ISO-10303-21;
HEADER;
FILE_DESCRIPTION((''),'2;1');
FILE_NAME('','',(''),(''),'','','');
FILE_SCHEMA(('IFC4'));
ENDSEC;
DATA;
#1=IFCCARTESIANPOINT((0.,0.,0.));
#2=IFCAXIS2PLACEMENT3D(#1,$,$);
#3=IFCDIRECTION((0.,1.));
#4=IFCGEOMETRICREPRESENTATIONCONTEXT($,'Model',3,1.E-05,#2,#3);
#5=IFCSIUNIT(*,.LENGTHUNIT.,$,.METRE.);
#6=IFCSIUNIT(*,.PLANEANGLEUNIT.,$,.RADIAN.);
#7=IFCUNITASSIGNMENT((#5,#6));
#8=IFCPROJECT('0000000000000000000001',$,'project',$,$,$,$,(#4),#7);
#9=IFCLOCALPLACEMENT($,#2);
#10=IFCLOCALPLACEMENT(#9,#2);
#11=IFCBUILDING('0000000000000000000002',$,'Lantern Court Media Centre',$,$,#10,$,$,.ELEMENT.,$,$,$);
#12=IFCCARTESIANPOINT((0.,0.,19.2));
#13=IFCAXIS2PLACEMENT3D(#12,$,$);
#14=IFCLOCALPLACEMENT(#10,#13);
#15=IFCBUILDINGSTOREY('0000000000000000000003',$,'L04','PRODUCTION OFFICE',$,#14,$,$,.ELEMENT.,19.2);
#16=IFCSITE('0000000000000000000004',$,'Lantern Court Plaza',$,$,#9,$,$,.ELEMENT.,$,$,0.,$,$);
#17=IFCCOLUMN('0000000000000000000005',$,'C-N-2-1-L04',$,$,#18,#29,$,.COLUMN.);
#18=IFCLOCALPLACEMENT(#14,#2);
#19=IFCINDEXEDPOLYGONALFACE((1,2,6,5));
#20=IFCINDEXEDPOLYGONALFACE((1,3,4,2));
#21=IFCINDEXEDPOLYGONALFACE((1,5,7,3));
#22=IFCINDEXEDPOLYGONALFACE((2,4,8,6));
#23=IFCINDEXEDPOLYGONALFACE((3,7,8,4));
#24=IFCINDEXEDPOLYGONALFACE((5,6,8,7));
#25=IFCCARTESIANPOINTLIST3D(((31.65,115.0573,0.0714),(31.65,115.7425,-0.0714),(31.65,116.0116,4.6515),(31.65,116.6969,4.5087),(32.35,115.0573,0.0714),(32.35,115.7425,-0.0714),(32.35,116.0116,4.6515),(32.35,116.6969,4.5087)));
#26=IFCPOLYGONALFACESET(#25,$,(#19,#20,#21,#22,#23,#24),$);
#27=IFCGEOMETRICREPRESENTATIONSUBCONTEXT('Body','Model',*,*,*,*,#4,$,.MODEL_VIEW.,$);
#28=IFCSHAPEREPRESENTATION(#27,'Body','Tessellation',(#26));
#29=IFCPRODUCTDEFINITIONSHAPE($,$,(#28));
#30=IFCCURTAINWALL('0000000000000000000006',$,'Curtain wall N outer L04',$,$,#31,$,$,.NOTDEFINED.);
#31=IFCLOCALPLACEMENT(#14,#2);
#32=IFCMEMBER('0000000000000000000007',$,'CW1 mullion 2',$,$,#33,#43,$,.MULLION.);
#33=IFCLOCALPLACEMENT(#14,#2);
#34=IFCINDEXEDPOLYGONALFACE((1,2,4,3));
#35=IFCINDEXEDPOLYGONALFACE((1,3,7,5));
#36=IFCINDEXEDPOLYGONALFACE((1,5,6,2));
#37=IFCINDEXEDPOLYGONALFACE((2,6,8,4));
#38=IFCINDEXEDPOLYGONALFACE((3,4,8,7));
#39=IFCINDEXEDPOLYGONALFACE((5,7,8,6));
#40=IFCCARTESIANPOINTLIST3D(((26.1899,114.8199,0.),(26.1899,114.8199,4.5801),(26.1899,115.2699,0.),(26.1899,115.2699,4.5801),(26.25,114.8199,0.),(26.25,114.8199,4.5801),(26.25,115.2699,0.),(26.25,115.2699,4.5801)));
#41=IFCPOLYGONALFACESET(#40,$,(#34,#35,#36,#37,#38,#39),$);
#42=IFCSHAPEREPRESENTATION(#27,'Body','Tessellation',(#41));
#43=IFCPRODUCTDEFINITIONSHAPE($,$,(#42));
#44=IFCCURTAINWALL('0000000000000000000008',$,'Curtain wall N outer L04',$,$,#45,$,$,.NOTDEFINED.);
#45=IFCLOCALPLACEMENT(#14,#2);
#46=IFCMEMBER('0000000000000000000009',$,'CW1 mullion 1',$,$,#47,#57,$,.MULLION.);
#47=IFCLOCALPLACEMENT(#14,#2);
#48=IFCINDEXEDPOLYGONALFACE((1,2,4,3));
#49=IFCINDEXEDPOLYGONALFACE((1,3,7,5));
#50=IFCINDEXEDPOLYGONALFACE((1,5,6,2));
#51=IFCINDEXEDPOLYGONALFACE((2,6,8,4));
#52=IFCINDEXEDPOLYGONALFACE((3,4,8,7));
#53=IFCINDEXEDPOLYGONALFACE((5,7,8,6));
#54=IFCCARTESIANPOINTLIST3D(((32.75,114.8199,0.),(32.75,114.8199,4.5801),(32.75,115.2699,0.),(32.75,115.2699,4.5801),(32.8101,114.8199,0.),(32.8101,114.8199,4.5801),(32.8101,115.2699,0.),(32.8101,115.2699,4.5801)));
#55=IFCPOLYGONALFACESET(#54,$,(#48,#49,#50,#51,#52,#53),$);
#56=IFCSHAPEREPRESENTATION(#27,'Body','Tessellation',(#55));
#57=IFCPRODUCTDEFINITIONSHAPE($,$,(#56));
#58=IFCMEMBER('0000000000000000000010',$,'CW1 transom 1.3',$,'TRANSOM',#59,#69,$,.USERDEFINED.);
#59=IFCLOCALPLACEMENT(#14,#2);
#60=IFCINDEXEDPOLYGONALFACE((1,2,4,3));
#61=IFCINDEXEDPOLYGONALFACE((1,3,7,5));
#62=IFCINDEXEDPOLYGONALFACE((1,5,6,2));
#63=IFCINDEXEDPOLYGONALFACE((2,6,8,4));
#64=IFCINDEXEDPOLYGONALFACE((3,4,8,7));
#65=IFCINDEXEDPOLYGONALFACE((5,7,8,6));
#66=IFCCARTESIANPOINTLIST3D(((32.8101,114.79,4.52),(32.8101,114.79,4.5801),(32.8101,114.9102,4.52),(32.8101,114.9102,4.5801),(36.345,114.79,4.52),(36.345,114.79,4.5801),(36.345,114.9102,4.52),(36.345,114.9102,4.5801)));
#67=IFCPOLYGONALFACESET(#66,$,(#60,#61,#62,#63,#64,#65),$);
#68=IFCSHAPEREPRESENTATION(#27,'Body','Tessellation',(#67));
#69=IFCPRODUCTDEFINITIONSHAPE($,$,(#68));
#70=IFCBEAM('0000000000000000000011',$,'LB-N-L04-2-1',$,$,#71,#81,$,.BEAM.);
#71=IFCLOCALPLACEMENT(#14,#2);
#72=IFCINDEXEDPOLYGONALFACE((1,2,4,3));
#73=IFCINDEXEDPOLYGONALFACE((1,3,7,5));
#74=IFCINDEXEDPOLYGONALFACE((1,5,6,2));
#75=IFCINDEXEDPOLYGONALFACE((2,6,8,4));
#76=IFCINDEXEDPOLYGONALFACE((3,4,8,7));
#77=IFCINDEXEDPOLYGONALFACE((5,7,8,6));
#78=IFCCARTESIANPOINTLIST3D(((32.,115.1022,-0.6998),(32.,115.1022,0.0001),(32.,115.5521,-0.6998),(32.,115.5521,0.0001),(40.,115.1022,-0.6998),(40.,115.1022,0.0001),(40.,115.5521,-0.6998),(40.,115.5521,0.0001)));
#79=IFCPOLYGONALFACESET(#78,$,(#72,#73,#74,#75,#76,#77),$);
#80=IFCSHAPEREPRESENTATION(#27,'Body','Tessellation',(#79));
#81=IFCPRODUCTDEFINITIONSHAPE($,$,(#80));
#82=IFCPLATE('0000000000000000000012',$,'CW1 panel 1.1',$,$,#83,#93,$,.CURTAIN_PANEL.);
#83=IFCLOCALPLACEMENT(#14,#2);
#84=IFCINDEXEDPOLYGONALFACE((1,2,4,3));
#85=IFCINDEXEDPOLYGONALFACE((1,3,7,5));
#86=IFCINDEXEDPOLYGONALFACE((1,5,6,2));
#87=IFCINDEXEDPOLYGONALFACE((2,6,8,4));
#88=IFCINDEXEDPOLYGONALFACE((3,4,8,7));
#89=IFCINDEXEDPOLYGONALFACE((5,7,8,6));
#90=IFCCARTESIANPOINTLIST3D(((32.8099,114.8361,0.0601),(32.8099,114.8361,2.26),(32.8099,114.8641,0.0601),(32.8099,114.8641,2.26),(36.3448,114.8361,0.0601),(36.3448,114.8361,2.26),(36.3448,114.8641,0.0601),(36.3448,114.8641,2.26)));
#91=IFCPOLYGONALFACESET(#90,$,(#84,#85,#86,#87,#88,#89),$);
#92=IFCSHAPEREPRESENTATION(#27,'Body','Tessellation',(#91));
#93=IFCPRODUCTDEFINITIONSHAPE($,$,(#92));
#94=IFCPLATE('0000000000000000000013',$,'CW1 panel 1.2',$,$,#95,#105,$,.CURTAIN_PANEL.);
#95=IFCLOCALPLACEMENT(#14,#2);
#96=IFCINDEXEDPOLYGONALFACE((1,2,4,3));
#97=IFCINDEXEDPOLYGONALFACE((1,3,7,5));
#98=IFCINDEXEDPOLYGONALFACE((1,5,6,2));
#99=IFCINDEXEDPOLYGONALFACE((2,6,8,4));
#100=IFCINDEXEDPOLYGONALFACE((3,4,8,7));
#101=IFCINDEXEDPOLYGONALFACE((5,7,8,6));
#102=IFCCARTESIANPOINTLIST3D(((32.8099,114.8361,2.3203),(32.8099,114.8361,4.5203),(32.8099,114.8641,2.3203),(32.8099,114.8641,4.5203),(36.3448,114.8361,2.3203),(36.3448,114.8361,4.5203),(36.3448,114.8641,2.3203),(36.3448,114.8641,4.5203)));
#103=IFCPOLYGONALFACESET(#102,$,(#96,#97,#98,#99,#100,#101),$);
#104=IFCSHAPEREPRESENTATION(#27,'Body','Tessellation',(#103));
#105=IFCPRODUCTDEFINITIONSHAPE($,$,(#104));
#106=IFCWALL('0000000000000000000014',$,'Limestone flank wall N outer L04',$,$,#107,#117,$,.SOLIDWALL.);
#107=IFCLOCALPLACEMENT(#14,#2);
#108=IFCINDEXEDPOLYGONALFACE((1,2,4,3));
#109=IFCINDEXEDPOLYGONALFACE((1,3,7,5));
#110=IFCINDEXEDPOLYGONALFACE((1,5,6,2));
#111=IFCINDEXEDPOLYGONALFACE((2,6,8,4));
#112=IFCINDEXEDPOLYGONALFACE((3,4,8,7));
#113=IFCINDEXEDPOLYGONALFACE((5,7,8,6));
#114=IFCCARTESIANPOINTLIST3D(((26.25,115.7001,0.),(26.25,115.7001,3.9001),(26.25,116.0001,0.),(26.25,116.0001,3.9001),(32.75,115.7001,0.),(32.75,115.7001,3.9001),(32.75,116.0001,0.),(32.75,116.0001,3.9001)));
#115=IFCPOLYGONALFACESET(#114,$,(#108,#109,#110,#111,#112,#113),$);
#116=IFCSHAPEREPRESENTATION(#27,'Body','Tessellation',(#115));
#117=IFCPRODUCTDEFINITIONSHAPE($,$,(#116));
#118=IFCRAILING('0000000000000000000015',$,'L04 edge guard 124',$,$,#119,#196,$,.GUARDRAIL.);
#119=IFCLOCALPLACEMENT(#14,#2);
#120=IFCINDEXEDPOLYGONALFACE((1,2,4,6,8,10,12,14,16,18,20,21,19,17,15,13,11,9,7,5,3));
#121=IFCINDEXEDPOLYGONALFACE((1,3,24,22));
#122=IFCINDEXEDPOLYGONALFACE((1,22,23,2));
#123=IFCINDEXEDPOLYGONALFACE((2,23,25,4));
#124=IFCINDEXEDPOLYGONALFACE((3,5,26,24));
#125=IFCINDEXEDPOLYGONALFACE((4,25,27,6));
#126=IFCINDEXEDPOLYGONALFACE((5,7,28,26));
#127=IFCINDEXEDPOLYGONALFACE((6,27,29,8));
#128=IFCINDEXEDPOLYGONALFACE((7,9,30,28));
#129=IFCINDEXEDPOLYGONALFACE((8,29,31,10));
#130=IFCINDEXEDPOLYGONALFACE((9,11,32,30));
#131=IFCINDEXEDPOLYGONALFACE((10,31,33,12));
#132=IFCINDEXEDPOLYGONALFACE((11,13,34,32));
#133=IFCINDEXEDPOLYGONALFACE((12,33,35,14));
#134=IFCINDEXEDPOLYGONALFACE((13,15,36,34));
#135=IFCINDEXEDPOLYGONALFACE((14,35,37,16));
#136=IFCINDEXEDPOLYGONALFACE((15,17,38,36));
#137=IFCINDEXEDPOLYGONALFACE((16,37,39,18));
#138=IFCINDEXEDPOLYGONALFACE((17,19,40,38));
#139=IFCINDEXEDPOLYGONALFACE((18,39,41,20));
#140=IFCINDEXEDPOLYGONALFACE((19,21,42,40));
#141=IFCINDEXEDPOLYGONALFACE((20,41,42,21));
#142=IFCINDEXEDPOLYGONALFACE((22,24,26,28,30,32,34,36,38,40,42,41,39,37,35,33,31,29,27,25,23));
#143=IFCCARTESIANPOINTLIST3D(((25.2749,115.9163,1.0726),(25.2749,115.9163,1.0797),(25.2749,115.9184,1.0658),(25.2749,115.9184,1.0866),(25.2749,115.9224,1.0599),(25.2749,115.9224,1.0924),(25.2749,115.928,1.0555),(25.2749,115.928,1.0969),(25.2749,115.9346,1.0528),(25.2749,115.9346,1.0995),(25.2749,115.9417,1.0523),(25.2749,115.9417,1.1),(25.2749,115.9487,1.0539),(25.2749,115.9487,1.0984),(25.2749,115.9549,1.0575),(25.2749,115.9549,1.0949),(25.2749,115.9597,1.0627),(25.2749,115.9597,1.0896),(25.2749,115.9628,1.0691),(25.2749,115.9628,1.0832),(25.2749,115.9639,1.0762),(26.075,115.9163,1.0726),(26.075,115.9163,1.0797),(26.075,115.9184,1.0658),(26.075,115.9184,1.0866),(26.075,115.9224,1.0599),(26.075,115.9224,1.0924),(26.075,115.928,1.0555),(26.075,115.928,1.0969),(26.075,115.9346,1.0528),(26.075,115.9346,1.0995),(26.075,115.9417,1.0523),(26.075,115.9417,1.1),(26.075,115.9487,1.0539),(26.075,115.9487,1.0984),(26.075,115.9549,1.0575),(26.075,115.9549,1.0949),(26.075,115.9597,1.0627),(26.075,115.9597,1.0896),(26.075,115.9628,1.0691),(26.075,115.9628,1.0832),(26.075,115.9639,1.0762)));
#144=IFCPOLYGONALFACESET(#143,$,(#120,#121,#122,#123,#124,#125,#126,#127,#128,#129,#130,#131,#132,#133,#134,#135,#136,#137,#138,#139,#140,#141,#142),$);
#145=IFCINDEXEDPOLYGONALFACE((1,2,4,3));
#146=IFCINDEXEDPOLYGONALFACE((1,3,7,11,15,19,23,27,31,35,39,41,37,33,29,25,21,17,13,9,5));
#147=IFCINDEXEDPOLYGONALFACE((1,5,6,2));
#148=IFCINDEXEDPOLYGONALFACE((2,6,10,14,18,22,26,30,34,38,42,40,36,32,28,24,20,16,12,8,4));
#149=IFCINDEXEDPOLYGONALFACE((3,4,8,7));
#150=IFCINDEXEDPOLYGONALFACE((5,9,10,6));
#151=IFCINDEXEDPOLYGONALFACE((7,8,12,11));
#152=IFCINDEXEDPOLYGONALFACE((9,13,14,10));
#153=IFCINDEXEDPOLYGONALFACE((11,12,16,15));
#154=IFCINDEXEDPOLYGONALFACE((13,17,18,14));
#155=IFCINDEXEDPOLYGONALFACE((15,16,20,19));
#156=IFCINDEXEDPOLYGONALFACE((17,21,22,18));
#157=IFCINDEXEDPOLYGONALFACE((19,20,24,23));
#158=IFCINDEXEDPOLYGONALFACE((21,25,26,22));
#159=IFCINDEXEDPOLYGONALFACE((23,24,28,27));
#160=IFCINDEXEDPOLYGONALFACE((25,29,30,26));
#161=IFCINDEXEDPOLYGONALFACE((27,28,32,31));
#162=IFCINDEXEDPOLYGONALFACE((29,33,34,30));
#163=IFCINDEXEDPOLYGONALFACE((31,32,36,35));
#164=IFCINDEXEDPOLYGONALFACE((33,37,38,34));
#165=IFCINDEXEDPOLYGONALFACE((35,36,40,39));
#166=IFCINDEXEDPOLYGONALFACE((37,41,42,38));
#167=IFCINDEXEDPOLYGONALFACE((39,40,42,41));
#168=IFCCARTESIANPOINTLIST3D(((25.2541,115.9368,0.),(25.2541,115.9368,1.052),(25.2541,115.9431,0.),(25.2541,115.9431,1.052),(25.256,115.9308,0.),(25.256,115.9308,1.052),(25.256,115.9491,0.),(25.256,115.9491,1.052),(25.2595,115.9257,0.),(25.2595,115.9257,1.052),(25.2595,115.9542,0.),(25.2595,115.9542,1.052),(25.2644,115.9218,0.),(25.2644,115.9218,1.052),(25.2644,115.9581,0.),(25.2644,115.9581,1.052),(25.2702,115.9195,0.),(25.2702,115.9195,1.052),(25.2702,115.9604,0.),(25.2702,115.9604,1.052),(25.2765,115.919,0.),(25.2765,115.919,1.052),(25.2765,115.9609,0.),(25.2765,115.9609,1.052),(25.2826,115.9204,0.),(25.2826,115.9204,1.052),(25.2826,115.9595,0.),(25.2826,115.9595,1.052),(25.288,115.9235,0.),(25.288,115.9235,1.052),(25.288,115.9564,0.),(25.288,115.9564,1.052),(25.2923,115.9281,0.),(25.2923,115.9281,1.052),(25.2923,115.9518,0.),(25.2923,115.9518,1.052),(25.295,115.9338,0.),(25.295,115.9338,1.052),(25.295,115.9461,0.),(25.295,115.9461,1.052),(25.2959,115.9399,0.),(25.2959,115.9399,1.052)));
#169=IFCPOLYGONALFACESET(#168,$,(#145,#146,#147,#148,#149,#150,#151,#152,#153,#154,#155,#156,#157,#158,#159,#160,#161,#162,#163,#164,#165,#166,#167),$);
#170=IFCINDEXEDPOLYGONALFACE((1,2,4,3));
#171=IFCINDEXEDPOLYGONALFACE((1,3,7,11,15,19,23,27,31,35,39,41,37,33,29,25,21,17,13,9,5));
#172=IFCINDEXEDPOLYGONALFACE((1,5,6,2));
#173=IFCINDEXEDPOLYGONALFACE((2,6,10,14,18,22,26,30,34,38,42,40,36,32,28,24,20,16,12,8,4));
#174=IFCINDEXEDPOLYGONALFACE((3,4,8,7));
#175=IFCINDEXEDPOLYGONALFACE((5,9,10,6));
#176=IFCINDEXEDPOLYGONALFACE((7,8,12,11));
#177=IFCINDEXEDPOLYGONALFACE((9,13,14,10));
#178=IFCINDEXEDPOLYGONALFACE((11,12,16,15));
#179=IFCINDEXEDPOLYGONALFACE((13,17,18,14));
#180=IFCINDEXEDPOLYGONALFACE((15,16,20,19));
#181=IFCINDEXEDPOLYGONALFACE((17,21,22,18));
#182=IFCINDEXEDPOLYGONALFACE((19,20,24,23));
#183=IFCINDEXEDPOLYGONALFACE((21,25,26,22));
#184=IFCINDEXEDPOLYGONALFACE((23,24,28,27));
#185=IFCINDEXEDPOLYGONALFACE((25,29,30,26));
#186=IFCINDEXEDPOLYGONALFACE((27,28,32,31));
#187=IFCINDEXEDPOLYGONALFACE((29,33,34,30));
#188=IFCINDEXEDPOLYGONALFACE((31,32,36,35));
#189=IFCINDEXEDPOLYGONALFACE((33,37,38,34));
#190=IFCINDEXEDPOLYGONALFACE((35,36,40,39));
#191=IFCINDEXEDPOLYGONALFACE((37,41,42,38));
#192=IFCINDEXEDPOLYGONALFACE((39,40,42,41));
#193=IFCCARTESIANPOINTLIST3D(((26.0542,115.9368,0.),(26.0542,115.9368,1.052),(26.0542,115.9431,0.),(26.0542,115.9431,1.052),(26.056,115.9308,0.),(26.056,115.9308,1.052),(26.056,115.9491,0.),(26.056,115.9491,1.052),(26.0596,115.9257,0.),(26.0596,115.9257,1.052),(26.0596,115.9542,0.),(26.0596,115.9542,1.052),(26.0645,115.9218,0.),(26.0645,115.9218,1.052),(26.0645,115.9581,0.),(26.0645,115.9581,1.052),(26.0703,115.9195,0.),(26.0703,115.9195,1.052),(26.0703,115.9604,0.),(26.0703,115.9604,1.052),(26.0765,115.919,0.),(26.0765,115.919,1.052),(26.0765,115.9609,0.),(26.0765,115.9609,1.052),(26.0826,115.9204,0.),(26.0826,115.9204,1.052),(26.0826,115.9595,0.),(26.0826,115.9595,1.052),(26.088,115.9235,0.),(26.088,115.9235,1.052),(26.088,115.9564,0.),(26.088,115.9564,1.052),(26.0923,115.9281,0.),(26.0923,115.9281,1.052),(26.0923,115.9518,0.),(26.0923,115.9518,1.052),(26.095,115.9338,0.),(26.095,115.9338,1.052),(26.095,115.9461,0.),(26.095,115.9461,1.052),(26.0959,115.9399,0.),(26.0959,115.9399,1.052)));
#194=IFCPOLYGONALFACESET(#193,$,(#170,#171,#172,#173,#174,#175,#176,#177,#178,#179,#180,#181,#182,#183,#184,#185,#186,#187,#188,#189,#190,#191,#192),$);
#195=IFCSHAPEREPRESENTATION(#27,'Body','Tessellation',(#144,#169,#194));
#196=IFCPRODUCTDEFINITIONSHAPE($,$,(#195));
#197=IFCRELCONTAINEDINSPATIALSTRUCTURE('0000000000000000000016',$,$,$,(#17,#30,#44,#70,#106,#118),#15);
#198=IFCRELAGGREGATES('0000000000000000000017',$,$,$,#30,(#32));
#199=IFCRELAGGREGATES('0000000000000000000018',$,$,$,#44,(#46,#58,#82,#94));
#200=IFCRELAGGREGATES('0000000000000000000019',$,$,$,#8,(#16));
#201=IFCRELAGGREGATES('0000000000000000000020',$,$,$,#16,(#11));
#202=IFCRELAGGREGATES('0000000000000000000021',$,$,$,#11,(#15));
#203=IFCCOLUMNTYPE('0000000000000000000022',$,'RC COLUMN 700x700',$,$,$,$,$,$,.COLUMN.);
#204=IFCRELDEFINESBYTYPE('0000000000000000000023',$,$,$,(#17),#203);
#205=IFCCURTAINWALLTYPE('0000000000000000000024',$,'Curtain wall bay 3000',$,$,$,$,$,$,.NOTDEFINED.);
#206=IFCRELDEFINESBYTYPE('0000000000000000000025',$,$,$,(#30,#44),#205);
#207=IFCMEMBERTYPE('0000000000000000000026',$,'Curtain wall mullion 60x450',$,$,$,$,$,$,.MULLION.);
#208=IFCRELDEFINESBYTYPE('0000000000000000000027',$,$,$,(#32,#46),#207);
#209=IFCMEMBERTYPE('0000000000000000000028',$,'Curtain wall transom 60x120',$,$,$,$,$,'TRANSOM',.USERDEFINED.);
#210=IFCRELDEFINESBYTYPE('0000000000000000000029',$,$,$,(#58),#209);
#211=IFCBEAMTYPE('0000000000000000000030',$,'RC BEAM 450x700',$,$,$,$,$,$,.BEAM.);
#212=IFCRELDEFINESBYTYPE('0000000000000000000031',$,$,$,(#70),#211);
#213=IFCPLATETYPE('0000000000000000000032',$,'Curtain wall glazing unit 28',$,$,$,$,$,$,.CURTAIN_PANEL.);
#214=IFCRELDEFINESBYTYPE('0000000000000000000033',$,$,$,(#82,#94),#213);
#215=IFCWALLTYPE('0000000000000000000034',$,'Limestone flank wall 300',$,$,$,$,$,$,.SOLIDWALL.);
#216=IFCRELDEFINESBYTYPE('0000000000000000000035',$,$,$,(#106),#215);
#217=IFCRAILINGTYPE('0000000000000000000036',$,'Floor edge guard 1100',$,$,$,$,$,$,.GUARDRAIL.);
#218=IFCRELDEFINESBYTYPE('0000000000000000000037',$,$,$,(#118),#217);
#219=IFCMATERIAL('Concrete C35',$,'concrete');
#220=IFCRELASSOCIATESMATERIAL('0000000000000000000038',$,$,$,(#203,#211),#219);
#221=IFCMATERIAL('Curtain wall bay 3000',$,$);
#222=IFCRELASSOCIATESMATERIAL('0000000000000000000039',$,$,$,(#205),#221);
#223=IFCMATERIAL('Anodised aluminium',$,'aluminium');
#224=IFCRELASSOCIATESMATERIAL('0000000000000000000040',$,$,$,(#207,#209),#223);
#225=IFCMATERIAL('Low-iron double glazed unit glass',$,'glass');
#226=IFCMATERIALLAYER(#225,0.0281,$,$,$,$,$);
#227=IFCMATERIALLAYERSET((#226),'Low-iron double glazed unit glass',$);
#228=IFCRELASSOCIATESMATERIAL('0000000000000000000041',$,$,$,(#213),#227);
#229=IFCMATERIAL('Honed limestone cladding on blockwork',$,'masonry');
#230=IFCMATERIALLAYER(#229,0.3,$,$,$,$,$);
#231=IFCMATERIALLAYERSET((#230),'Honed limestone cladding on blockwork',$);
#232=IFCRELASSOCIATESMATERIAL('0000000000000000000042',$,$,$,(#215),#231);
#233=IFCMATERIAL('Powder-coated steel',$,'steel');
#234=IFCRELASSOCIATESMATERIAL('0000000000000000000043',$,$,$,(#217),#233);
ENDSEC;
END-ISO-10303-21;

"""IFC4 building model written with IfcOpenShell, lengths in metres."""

from ifc_helpers import new_model, si_unit, direction, frame, frame_2d, origin, origin_2d, place, context, subcontext, project, spatial, rectangle, circle, extrude, material, layer, layer_set, material_profile, profile_set, type_object, element, aggregate, save


model = new_model("IFC4")

# Units and contexts
model_context = context("Model", 3, precision=1e-05, world=origin(), true_north=direction((0.0, 1.0)))
body_context = subcontext(model_context, "Body", "Model", "MODEL_VIEW")
ifc_project = project(units=[si_unit("LENGTHUNIT", "METRE"), si_unit("PLANEANGLEUNIT", "RADIAN")], contexts=[model_context])

# Site, building, storey
site_placement = place(None, origin())
site = spatial("IfcSite", under=ifc_project, at=site_placement, Name="Lantern Court Plaza", CompositionType="ELEMENT", RefElevation=0.0)
building_placement = place(site_placement, origin())
building = spatial("IfcBuilding", under=site, at=building_placement, Name="Lantern Court Media Centre", CompositionType="ELEMENT")
storey_placement = place(building_placement, frame((0.0, 0.0, 19.2)))
storey = spatial("IfcBuildingStorey", under=building, at=storey_placement, Name="L04", Description="PRODUCTION OFFICE", CompositionType="ELEMENT", Elevation=19.2)

# Column
ifc_material_1 = material(Name="Concrete C35", Category="concrete")
ifc_material_profile_1 = material_profile(ifc_material_1, rectangle(XDim=0.7, YDim=0.7, at=origin_2d()), Name="RC 700x700")
ifc_profile_set_1 = profile_set([ifc_material_profile_1], Name="Concrete C35")
column_type = type_object("IfcColumnType", Name="RC COLUMN 700x700", PredefinedType="COLUMN", material=ifc_profile_set_1)
column_placement = place(storey_placement, frame((32.0, 115.3999, 0.0), z_axis=(0.0, 0.203988, 0.978973), x_axis=(-1.0, 0.0, 0.0)))
element("IfcColumn", 1, at=column_placement, inside=storey, type_object=column_type, Name="C-N-2-1-L04", PredefinedType="COLUMN", context=body_context, shape_type="SweptSolid", body=[
    extrude(rectangle(XDim=0.7, YDim=0.7, at=origin_2d()), origin(), (0.0, 0.0, 1.0), 4.6785),
])

# Curtain wall, member
ifc_material_2 = material(Name="Curtain wall bay 3000")
curtain_wall_type = type_object("IfcCurtainWallType", Name="Curtain wall bay 3000", PredefinedType="NOTDEFINED", material=ifc_material_2)
curtain_wall_1_placement = place(storey_placement, origin())
curtain_wall_1 = element("IfcCurtainWall", 2, at=curtain_wall_1_placement, inside=storey, type_object=curtain_wall_type, Name="Curtain wall N outer L04", PredefinedType="NOTDEFINED")
ifc_material_3 = material(Name="Anodised aluminium", Category="aluminium")
ifc_material_profile_2 = material_profile(ifc_material_3, rectangle(XDim=0.45, YDim=0.0601, at=origin_2d()), Name="AL 60x450")
ifc_profile_set_2 = profile_set([ifc_material_profile_2], Name="Anodised aluminium")
member_type_1 = type_object("IfcMemberType", Name="Curtain wall mullion 60x450", PredefinedType="MULLION", material=ifc_profile_set_2)
member_1_placement = place(storey_placement, frame((26.22, 115.0449, 0.0), z_axis=(0.0, 0.0, 1.0), x_axis=(0.0, 1.0, 0.0)))
member_1 = element("IfcMember", 3, at=member_1_placement, type_object=member_type_1, Name="CW1 mullion 2", PredefinedType="MULLION", context=body_context, shape_type="SweptSolid", body=[
    extrude(rectangle(XDim=0.45, YDim=0.0601, at=origin_2d()), origin(), (0.0, 0.0, 1.0), 4.5801),
])
aggregate(curtain_wall_1, [member_1])

# Curtain wall, members
curtain_wall_2_placement = place(storey_placement, origin())
curtain_wall_2 = element("IfcCurtainWall", 4, at=curtain_wall_2_placement, inside=storey, type_object=curtain_wall_type, Name="Curtain wall N outer L04", PredefinedType="NOTDEFINED")
member_2_placement = place(storey_placement, frame((32.78, 115.0449, 0.0), z_axis=(0.0, 0.0, 1.0), x_axis=(0.0, 1.0, 0.0)))
member_2 = element("IfcMember", 5, at=member_2_placement, type_object=member_type_1, Name="CW1 mullion 1", PredefinedType="MULLION", context=body_context, shape_type="SweptSolid", body=[
    extrude(rectangle(XDim=0.45, YDim=0.0601, at=origin_2d()), origin(), (0.0, 0.0, 1.0), 4.5801),
])
ifc_material_profile_3 = material_profile(ifc_material_3, rectangle(XDim=0.1201, YDim=0.0601, at=origin_2d()), Name="AL 60x120")
ifc_profile_set_3 = profile_set([ifc_material_profile_3], Name="Anodised aluminium")
member_type_2 = type_object("IfcMemberType", Name="Curtain wall transom 60x120", ElementType="TRANSOM", PredefinedType="USERDEFINED", material=ifc_profile_set_3)
member_3_placement = place(storey_placement, frame((32.8101, 114.8501, 4.55), z_axis=(1.0, 0.0, 0.0), x_axis=(0.0, 1.0, 0.0)))
member_3 = element("IfcMember", 6, at=member_3_placement, type_object=member_type_2, Name="CW1 transom 1.3", ObjectType="TRANSOM", PredefinedType="USERDEFINED", context=body_context, shape_type="SweptSolid", body=[
    extrude(rectangle(XDim=0.1201, YDim=0.0601, at=origin_2d()), origin(), (0.0, 0.0, 1.0), 3.5349),
])

# Beam
ifc_material_profile_4 = material_profile(ifc_material_1, rectangle(XDim=0.45, YDim=0.7, at=origin_2d()), Name="RC 450x700")
ifc_profile_set_4 = profile_set([ifc_material_profile_4], Name="Concrete C35")
beam_type = type_object("IfcBeamType", Name="RC BEAM 450x700", PredefinedType="BEAM", material=ifc_profile_set_4)
beam_placement = place(storey_placement, frame((32.0, 115.3271, -0.3499), z_axis=(1.0, 0.0, 0.0), x_axis=(0.0, 1.0, 0.0)))
element("IfcBeam", 7, at=beam_placement, inside=storey, type_object=beam_type, Name="LB-N-L04-2-1", PredefinedType="BEAM", context=body_context, shape_type="SweptSolid", body=[
    extrude(rectangle(XDim=0.45, YDim=0.7, at=origin_2d()), origin(), (0.0, 0.0, 1.0), 8.0),
])

# Plates
ifc_material_4 = material(Name="Low-iron double glazed unit glass", Category="glass")
ifc_layer_1 = layer(ifc_material_4, 0.0281)
ifc_layer_set_1 = layer_set([ifc_layer_1], Name="Low-iron double glazed unit glass")
plate_type = type_object("IfcPlateType", Name="Curtain wall glazing unit 28", PredefinedType="CURTAIN_PANEL", material=ifc_layer_set_1)
plate_1_placement = place(storey_placement, frame((34.5774, 114.8501, 0.0601), z_axis=(0.0, 0.0, 1.0), x_axis=(1.0, 0.0, 0.0)))
plate_1 = element("IfcPlate", 8, at=plate_1_placement, type_object=plate_type, Name="CW1 panel 1.1", PredefinedType="CURTAIN_PANEL", context=body_context, shape_type="SweptSolid", body=[
    extrude(rectangle(XDim=3.5349, YDim=0.0281, at=origin_2d()), origin(), (0.0, 0.0, 1.0), 2.2),
])
plate_2_placement = place(storey_placement, frame((34.5774, 114.8501, 2.3203), z_axis=(0.0, 0.0, 1.0), x_axis=(1.0, 0.0, 0.0)))
plate_2 = element("IfcPlate", 9, at=plate_2_placement, type_object=plate_type, Name="CW1 panel 1.2", PredefinedType="CURTAIN_PANEL", context=body_context, shape_type="SweptSolid", body=[
    extrude(rectangle(XDim=3.5349, YDim=0.0281, at=origin_2d()), origin(), (0.0, 0.0, 1.0), 2.2),
])
aggregate(curtain_wall_2, [member_2, member_3, plate_1, plate_2])

# Wall
ifc_material_5 = material(Name="Honed limestone cladding on blockwork", Category="masonry")
ifc_layer_2 = layer(ifc_material_5, 0.3)
ifc_layer_set_2 = layer_set([ifc_layer_2], Name="Honed limestone cladding on blockwork")
wall_type = type_object("IfcWallType", Name="Limestone flank wall 300", PredefinedType="SOLIDWALL", material=ifc_layer_set_2)
wall_placement = place(storey_placement, frame((26.25, 115.8501, 0.0), z_axis=(0.0, 0.0, 1.0), x_axis=(1.0, 0.0, 0.0)))
element("IfcWall", 10, at=wall_placement, inside=storey, type_object=wall_type, Name="Limestone flank wall N outer L04", PredefinedType="SOLIDWALL", context=body_context, shape_type="SweptSolid", body=[
    extrude(rectangle(XDim=6.5, YDim=0.3, at=frame_2d((3.25, 0.0))), origin(), (0.0, 0.0, 1.0), 3.9001),
])

# Railing
ifc_material_6 = material(Name="Powder-coated steel", Category="steel")
railing_type = type_object("IfcRailingType", Name="Floor edge guard 1100", PredefinedType="GUARDRAIL", material=ifc_material_6)
railing_1_placement = place(storey_placement, frame((25.2749, 115.9399, 0.0)))
element("IfcRailing", 11, at=railing_1_placement, inside=storey, type_object=railing_type, Name="L04 edge guard 124", PredefinedType="GUARDRAIL", context=body_context, shape_type="SweptSolid", body=[
    extrude(circle(Radius=0.0239, at=origin_2d()), frame((0.0, 0.0, 1.0762), z_axis=(1.0, 0.0, 0.0), x_axis=(0.0, 1.0, 0.0)), (0.0, 0.0, 1.0), 0.8),
    extrude(circle(Radius=0.021, at=origin_2d()), origin(), (0.0, 0.0, 1.0), 1.052),
    extrude(circle(Radius=0.021, at=origin_2d()), frame((0.8, 0.0, 0.0)), (0.0, 0.0, 1.0), 1.052),
])

save(model, "model.ifc")
